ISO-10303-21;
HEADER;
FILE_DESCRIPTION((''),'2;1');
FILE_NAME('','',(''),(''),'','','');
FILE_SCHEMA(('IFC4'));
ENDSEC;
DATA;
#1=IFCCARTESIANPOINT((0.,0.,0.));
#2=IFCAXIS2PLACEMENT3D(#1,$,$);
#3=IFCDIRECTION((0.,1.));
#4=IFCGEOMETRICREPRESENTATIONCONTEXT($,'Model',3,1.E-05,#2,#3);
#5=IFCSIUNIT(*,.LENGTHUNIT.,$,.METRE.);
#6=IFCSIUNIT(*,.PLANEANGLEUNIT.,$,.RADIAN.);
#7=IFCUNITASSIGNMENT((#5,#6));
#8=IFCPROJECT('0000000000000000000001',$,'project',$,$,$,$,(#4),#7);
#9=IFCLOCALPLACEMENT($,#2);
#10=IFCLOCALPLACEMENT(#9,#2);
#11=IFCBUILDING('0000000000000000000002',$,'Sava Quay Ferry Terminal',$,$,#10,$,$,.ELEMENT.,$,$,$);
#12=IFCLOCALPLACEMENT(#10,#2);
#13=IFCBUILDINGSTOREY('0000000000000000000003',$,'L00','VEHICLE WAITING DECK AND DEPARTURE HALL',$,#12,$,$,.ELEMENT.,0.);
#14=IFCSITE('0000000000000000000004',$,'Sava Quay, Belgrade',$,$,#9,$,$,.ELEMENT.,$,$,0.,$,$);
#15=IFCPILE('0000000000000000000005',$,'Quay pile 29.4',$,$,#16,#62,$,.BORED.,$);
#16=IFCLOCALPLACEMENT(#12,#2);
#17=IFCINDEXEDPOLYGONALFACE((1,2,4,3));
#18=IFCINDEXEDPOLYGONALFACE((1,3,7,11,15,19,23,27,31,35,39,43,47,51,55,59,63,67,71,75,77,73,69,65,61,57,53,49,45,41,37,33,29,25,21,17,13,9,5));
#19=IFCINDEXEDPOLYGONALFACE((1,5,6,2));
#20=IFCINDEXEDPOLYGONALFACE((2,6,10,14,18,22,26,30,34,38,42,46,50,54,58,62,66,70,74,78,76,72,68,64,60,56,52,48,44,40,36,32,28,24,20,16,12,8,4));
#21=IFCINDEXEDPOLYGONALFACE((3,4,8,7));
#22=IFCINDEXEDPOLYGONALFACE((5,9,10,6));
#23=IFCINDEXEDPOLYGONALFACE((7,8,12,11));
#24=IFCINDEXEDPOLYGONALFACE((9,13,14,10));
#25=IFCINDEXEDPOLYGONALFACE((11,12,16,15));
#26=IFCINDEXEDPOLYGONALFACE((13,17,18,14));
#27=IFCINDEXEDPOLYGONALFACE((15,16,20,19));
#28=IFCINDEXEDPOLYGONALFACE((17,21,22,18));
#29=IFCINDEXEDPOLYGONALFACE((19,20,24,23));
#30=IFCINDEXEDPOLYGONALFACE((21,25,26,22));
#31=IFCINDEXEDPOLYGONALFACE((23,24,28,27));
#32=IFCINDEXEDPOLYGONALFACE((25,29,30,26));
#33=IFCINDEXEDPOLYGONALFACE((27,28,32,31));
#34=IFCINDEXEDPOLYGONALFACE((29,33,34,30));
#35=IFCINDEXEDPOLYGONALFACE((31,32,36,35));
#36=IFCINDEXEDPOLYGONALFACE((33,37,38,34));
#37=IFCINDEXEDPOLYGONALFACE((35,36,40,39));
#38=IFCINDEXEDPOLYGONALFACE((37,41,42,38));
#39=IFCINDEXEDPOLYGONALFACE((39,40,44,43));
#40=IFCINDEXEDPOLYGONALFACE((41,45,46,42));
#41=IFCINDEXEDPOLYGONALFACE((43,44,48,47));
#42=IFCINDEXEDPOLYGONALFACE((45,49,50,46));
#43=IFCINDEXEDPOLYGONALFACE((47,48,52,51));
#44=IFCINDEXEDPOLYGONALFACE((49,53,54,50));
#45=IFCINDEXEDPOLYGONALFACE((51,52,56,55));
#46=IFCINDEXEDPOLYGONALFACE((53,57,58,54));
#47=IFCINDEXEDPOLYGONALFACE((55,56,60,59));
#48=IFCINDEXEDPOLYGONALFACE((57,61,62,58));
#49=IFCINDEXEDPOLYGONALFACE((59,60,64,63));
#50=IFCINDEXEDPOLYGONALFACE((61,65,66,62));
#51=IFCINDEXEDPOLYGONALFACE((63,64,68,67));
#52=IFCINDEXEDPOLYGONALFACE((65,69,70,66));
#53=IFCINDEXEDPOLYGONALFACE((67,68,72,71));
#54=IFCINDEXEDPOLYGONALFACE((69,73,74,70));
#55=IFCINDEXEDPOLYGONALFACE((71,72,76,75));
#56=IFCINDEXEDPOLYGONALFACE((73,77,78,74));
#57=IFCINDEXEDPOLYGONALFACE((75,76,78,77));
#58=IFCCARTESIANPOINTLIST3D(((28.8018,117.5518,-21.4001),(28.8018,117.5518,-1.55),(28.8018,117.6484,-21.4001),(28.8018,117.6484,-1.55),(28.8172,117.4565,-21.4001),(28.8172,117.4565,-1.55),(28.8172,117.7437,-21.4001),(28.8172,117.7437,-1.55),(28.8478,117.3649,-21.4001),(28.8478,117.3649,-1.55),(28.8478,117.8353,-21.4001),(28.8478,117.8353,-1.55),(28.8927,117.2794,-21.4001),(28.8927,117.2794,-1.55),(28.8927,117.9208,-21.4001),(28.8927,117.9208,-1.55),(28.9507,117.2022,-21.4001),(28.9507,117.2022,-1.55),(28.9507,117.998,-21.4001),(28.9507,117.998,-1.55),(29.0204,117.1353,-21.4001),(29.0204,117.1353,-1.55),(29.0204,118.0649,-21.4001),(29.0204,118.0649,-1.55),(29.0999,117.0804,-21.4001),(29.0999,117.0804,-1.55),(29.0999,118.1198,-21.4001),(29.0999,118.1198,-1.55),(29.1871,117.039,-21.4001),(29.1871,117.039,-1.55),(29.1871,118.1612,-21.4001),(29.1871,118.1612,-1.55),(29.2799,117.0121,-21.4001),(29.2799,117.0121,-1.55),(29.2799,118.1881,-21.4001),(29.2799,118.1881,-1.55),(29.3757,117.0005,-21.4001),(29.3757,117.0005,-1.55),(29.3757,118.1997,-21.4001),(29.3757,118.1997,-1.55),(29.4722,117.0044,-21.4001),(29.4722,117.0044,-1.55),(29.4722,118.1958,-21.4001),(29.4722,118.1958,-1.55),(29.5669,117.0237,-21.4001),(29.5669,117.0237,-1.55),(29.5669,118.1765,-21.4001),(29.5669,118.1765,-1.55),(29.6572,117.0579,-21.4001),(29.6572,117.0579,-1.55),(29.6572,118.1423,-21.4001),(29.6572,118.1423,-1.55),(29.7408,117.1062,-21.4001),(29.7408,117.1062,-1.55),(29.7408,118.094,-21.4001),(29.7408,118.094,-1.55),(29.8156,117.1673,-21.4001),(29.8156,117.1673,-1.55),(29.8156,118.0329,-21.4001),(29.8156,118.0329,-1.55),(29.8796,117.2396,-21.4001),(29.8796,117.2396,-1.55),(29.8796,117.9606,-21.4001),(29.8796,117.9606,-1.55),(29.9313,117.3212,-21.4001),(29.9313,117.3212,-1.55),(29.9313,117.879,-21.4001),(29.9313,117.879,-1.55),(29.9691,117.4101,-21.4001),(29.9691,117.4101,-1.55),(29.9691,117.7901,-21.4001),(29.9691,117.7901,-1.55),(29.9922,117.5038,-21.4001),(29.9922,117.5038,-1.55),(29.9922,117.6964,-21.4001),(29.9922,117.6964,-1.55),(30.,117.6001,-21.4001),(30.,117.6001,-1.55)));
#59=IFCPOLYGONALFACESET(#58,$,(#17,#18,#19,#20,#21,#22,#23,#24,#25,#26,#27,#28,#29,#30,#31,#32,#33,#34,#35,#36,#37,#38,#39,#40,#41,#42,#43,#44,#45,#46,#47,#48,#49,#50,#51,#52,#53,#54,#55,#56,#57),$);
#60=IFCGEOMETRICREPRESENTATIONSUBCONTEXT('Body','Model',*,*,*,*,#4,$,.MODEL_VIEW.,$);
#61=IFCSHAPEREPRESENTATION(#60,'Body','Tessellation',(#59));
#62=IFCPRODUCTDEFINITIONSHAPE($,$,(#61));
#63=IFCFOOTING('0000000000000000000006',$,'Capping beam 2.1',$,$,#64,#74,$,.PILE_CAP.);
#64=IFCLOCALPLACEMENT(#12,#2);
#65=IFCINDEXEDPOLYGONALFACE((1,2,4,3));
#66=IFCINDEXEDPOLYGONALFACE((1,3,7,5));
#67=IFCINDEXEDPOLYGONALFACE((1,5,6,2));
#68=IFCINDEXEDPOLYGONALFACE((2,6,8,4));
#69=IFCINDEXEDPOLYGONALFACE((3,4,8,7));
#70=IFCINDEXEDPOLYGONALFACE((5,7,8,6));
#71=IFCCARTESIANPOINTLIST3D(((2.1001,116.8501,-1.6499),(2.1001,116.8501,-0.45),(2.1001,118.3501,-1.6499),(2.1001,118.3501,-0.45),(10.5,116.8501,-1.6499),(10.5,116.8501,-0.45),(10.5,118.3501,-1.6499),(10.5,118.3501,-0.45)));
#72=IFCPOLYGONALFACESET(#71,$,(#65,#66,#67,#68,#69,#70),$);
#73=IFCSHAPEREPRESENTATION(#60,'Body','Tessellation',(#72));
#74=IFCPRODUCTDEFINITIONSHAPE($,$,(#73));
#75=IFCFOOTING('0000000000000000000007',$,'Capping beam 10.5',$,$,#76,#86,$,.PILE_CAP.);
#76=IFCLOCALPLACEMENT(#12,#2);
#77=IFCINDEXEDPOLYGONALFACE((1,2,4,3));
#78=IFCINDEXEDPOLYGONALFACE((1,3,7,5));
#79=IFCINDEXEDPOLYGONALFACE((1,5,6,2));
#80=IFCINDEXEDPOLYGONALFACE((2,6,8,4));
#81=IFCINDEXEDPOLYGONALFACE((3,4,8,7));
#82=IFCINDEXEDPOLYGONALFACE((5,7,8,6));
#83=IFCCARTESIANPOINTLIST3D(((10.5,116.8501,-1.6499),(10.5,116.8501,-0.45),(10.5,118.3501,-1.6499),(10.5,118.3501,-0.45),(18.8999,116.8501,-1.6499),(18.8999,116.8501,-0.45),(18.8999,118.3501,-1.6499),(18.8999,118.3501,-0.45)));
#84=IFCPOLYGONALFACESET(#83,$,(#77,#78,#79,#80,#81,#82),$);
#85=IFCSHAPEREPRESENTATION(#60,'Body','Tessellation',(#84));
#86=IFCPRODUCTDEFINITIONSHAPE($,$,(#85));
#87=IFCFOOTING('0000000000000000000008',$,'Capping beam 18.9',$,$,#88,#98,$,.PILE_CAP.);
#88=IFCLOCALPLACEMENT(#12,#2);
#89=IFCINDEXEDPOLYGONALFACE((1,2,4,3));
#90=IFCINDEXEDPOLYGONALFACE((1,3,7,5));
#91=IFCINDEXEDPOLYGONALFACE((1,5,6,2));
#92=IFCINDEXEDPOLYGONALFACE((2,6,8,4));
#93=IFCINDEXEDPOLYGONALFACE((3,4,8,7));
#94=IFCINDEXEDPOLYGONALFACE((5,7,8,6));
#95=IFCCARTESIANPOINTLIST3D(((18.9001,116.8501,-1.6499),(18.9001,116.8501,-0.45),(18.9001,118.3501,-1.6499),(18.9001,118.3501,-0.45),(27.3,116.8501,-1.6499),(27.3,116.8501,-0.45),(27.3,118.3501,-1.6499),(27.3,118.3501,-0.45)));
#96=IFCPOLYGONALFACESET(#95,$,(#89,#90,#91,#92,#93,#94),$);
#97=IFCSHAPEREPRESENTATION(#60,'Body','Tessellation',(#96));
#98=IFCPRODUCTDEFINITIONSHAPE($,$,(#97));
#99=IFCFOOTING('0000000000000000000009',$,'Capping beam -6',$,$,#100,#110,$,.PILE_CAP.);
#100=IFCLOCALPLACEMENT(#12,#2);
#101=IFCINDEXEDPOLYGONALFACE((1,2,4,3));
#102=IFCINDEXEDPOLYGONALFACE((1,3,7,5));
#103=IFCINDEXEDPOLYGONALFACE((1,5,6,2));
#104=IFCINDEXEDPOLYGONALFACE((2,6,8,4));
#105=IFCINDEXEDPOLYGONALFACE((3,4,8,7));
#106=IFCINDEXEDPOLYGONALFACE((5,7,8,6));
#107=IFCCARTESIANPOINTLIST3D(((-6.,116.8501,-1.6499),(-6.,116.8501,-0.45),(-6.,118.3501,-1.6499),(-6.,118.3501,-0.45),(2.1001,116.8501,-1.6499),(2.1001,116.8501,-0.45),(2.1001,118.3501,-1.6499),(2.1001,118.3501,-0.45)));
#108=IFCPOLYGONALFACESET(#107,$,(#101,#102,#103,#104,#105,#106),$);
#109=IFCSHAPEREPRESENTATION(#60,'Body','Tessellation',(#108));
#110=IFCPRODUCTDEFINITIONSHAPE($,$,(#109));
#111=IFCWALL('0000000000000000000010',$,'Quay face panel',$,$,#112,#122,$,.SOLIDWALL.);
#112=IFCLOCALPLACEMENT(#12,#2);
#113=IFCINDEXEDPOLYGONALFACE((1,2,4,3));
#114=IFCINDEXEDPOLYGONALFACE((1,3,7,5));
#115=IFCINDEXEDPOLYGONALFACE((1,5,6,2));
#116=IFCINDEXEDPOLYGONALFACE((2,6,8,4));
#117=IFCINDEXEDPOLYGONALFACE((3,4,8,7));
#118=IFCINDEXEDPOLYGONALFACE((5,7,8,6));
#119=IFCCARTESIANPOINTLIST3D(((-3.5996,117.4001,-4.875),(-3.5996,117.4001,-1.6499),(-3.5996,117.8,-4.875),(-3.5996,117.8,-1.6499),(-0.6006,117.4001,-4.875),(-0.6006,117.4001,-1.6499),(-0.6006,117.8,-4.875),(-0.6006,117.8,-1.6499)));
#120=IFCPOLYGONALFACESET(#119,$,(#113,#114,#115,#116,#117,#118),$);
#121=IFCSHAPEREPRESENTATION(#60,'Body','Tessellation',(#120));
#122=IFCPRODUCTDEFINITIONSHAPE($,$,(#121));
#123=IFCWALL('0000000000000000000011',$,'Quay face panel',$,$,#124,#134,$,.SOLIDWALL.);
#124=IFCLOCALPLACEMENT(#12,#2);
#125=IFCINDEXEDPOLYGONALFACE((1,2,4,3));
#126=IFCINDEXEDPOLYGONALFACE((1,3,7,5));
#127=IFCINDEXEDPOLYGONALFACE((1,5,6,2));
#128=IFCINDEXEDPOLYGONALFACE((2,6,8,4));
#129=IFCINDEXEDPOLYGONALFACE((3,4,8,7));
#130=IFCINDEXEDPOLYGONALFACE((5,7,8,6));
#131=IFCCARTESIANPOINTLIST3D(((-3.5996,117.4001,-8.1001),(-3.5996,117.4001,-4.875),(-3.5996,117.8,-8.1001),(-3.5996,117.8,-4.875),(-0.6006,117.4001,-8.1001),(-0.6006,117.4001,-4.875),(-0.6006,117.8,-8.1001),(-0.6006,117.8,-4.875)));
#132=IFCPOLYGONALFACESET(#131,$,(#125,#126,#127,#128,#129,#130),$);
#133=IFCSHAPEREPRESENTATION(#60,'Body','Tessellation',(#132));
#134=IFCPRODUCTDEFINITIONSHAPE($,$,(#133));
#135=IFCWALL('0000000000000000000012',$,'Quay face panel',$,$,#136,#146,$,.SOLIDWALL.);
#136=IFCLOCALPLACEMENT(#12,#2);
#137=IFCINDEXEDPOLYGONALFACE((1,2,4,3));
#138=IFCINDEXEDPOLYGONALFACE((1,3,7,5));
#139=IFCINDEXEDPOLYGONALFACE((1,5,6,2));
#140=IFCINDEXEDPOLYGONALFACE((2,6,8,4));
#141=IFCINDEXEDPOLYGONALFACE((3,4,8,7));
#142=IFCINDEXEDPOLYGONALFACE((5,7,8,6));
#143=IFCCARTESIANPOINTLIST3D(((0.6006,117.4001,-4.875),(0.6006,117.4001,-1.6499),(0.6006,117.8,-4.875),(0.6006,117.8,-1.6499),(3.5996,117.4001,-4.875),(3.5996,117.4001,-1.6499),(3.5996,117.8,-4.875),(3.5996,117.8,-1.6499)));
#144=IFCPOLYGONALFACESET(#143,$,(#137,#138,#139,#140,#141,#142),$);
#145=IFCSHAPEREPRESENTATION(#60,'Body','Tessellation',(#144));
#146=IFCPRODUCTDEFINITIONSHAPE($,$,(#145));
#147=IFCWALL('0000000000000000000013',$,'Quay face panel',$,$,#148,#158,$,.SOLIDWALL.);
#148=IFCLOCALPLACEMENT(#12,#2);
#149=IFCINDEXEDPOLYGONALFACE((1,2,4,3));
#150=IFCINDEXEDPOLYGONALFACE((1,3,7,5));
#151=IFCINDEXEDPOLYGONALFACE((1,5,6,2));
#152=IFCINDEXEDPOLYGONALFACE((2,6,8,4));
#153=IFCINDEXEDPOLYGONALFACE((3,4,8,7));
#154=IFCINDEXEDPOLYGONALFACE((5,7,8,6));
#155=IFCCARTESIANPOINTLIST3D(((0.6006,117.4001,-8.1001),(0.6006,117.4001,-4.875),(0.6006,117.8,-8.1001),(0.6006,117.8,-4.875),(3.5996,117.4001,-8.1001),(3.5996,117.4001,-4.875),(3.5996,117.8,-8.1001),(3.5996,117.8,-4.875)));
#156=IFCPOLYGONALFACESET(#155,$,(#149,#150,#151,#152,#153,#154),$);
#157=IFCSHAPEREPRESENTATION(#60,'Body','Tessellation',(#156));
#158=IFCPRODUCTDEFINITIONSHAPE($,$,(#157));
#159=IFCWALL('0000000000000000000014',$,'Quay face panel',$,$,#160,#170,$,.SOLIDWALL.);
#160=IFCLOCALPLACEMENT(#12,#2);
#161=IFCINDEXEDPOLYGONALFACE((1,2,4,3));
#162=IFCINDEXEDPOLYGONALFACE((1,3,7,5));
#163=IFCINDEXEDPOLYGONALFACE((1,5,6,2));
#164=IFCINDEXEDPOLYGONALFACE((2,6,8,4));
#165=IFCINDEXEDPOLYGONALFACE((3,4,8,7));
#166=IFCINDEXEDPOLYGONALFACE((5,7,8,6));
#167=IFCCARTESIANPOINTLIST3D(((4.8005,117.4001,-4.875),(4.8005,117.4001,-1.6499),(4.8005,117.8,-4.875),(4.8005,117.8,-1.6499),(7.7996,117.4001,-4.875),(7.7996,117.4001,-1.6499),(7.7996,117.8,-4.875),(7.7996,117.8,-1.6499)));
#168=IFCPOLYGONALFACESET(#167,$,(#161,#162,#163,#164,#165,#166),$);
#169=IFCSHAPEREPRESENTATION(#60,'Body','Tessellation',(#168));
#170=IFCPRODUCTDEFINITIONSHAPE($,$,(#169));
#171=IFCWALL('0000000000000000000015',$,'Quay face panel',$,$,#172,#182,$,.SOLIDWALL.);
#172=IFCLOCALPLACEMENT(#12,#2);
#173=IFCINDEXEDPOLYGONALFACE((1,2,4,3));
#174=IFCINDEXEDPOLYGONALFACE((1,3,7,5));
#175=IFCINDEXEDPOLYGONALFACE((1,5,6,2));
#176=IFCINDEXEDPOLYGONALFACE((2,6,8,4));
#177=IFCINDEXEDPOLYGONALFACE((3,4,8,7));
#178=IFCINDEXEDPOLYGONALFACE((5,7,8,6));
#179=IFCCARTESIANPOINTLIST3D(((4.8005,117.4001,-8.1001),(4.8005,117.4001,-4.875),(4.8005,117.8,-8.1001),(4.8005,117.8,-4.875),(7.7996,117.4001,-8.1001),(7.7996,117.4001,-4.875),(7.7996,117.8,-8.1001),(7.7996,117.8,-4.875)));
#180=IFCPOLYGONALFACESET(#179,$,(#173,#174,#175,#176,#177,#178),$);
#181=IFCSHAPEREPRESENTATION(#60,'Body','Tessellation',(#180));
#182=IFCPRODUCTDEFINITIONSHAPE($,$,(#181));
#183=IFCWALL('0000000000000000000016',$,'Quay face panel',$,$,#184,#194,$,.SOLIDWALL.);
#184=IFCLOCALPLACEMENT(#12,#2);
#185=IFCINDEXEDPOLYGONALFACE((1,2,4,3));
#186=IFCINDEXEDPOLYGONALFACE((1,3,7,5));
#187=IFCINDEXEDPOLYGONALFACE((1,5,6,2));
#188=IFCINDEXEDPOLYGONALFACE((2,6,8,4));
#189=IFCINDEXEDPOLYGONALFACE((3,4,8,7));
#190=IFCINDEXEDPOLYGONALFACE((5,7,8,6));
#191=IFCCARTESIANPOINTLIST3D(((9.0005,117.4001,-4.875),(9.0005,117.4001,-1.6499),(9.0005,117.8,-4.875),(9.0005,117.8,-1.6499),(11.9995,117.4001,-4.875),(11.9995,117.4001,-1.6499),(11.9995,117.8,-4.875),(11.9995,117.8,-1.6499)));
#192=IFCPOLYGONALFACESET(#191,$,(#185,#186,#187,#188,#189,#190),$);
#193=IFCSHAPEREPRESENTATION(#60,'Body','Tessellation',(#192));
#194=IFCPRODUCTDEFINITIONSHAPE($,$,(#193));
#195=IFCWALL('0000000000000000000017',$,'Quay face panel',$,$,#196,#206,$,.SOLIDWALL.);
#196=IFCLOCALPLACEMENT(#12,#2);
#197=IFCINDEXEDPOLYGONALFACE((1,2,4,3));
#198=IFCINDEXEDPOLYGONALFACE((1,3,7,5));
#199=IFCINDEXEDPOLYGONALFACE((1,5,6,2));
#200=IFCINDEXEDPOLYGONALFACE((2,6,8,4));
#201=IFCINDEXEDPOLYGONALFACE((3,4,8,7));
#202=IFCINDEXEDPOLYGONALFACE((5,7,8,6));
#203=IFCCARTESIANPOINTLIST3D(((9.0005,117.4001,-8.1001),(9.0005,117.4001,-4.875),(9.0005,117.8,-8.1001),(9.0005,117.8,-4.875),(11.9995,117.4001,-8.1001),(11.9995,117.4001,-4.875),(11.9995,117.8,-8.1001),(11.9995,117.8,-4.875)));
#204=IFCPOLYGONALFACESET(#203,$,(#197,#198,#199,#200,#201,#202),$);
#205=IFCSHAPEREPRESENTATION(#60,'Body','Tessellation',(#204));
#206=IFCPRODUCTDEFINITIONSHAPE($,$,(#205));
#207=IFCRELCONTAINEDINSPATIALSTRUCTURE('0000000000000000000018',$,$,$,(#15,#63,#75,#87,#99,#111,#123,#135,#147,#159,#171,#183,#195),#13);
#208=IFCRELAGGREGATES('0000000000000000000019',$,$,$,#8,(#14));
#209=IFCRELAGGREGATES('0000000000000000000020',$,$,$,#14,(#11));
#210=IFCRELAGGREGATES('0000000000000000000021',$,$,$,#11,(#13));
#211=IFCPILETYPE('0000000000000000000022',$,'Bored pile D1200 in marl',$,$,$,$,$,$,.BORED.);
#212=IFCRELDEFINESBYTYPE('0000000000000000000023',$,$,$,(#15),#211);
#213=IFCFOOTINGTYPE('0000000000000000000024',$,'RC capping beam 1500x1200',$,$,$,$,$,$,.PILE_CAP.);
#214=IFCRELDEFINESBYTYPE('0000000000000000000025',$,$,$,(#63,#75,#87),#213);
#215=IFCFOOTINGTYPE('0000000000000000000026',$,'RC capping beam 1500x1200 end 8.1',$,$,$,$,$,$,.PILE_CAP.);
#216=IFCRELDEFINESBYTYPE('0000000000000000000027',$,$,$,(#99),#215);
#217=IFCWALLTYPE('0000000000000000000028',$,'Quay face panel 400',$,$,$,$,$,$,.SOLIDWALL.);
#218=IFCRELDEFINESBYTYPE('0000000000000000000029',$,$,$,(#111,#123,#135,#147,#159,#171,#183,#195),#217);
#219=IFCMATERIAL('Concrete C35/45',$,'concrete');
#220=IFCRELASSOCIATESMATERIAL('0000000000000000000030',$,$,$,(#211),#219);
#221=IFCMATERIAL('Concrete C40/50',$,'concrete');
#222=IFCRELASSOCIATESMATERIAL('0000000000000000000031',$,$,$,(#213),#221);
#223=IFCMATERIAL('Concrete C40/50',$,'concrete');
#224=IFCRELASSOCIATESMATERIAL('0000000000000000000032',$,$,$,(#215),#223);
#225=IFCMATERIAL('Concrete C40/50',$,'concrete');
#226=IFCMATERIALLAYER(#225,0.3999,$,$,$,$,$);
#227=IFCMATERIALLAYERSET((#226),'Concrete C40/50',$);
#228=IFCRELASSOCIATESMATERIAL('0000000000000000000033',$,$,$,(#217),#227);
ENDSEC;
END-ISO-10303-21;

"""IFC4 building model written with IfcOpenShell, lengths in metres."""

from ifc_helpers import new_model, si_unit, direction, frame, frame_2d, origin, origin_2d, place, context, subcontext, project, spatial, rectangle, circle, extrude, material, layer, layer_set, material_profile, profile_set, type_object, element, save


model = new_model("IFC4")

# Units and contexts
model_context = context("Model", 3, precision=1e-05, world=origin(), true_north=direction((0.0, 1.0)))
body_context = subcontext(model_context, "Body", "Model", "MODEL_VIEW")
ifc_project = project(units=[si_unit("LENGTHUNIT", "METRE"), si_unit("PLANEANGLEUNIT", "RADIAN")], contexts=[model_context])

# Site, building, storey
site_placement = place(None, origin())
site = spatial("IfcSite", under=ifc_project, at=site_placement, Name="Sava Quay, Belgrade", CompositionType="ELEMENT", RefElevation=0.0)
building_placement = place(site_placement, origin())
building = spatial("IfcBuilding", under=site, at=building_placement, Name="Sava Quay Ferry Terminal", CompositionType="ELEMENT")
storey_placement = place(building_placement, origin())
storey = spatial("IfcBuildingStorey", under=building, at=storey_placement, Name="L00", Description="VEHICLE WAITING DECK AND DEPARTURE HALL", CompositionType="ELEMENT", Elevation=0.0)

# Pile
ifc_material_1 = material(Name="Concrete C35/45", Category="concrete")
ifc_material_profile = material_profile(ifc_material_1, circle(Radius=0.6001, at=origin_2d()), Name="Bored pile D1200 in marl")
ifc_profile_set = profile_set([ifc_material_profile], Name="Concrete C35/45")
pile_type = type_object("IfcPileType", Name="Bored pile D1200 in marl", PredefinedType="BORED", material=ifc_profile_set)
for number, where, z_axis, x_axis, name in (
    (1, (29.3999, 117.6001, -1.55), (0.0, 0.0, -1.0), (1.0, 0.0, 0.0), "Quay pile 29.4"),
):
    element("IfcPile", number, at=place(storey_placement, frame(where, z_axis=z_axis, x_axis=x_axis)), inside=storey, type_object=pile_type, Name=name, PredefinedType="BORED", context=body_context, shape_type="SweptSolid", body=[
        extrude(circle(Radius=0.6001, at=origin_2d()), origin(), (0.0, 0.0, 1.0), 19.8501),
    ])

# Footings
ifc_material_2 = material(Name="Concrete C40/50", Category="concrete")
footing_type_1 = type_object("IfcFootingType", Name="RC capping beam 1500x1200", PredefinedType="PILE_CAP", material=ifc_material_2)
for number, where, z_axis, x_axis, name in (
    (2, (6.3, 117.6001, -1.6499), (0.0, 0.0, 1.0), (1.0, 0.0, 0.0), "Capping beam 2.1"),
    (3, (14.7, 117.6001, -1.6499), (0.0, 0.0, 1.0), (1.0, 0.0, 0.0), "Capping beam 10.5"),
    (4, (23.1001, 117.6001, -1.6499), (0.0, 0.0, 1.0), (1.0, 0.0, 0.0), "Capping beam 18.9"),
):
    element("IfcFooting", number, at=place(storey_placement, frame(where, z_axis=z_axis, x_axis=x_axis)), inside=storey, type_object=footing_type_1, Name=name, PredefinedType="PILE_CAP", context=body_context, shape_type="SweptSolid", body=[
        extrude(rectangle(XDim=8.3999, YDim=1.5, at=origin_2d()), origin(), (0.0, 0.0, 1.0), 1.2),
    ])
ifc_material_3 = material(Name="Concrete C40/50", Category="concrete")
footing_type_2 = type_object("IfcFootingType", Name="RC capping beam 1500x1200 end 8.1", PredefinedType="PILE_CAP", material=ifc_material_3)
footing_placement = place(storey_placement, frame((-1.95, 117.6001, -1.6499), z_axis=(0.0, 0.0, 1.0), x_axis=(1.0, 0.0, 0.0)))
element("IfcFooting", 5, at=footing_placement, inside=storey, type_object=footing_type_2, Name="Capping beam -6", PredefinedType="PILE_CAP", context=body_context, shape_type="SweptSolid", body=[
    extrude(rectangle(XDim=8.1001, YDim=1.5, at=origin_2d()), origin(), (0.0, 0.0, 1.0), 1.2),
])

# Walls
ifc_material_4 = material(Name="Concrete C40/50", Category="concrete")
ifc_layer_1 = layer(ifc_material_4, 0.3999)
ifc_layer_set_1 = layer_set([ifc_layer_1], Name="Concrete C40/50")
wall_type = type_object("IfcWallType", Name="Quay face panel 400", PredefinedType="SOLIDWALL", material=ifc_layer_set_1)
for number, where, z_axis, x_axis, name in (
    (6, (-3.5996, 117.6001, -4.875), (0.0, 0.0, 1.0), (1.0, 0.0, 0.0), "Quay face panel"),
    (7, (-3.5996, 117.6001, -8.1001), (0.0, 0.0, 1.0), (1.0, 0.0, 0.0), "Quay face panel"),
    (8, (0.6006, 117.6001, -4.875), (0.0, 0.0, 1.0), (1.0, 0.0, 0.0), "Quay face panel"),
    (9, (0.6006, 117.6001, -8.1001), (0.0, 0.0, 1.0), (1.0, 0.0, 0.0), "Quay face panel"),
    (10, (4.8005, 117.6001, -4.875), (0.0, 0.0, 1.0), (1.0, 0.0, 0.0), "Quay face panel"),
    (11, (4.8005, 117.6001, -8.1001), (0.0, 0.0, 1.0), (1.0, 0.0, 0.0), "Quay face panel"),
    (12, (9.0005, 117.6001, -4.875), (0.0, 0.0, 1.0), (1.0, 0.0, 0.0), "Quay face panel"),
    (13, (9.0005, 117.6001, -8.1001), (0.0, 0.0, 1.0), (1.0, 0.0, 0.0), "Quay face panel"),
):
    element("IfcWall", number, at=place(storey_placement, frame(where, z_axis=z_axis, x_axis=x_axis)), inside=storey, type_object=wall_type, Name=name, PredefinedType="SOLIDWALL", context=body_context, shape_type="SweptSolid", body=[
        extrude(rectangle(XDim=2.999, YDim=0.3999, at=frame_2d((1.4995, 0.0))), origin(), (0.0, 0.0, 1.0), 3.2251),
    ])

save(model, "model.ifc")
